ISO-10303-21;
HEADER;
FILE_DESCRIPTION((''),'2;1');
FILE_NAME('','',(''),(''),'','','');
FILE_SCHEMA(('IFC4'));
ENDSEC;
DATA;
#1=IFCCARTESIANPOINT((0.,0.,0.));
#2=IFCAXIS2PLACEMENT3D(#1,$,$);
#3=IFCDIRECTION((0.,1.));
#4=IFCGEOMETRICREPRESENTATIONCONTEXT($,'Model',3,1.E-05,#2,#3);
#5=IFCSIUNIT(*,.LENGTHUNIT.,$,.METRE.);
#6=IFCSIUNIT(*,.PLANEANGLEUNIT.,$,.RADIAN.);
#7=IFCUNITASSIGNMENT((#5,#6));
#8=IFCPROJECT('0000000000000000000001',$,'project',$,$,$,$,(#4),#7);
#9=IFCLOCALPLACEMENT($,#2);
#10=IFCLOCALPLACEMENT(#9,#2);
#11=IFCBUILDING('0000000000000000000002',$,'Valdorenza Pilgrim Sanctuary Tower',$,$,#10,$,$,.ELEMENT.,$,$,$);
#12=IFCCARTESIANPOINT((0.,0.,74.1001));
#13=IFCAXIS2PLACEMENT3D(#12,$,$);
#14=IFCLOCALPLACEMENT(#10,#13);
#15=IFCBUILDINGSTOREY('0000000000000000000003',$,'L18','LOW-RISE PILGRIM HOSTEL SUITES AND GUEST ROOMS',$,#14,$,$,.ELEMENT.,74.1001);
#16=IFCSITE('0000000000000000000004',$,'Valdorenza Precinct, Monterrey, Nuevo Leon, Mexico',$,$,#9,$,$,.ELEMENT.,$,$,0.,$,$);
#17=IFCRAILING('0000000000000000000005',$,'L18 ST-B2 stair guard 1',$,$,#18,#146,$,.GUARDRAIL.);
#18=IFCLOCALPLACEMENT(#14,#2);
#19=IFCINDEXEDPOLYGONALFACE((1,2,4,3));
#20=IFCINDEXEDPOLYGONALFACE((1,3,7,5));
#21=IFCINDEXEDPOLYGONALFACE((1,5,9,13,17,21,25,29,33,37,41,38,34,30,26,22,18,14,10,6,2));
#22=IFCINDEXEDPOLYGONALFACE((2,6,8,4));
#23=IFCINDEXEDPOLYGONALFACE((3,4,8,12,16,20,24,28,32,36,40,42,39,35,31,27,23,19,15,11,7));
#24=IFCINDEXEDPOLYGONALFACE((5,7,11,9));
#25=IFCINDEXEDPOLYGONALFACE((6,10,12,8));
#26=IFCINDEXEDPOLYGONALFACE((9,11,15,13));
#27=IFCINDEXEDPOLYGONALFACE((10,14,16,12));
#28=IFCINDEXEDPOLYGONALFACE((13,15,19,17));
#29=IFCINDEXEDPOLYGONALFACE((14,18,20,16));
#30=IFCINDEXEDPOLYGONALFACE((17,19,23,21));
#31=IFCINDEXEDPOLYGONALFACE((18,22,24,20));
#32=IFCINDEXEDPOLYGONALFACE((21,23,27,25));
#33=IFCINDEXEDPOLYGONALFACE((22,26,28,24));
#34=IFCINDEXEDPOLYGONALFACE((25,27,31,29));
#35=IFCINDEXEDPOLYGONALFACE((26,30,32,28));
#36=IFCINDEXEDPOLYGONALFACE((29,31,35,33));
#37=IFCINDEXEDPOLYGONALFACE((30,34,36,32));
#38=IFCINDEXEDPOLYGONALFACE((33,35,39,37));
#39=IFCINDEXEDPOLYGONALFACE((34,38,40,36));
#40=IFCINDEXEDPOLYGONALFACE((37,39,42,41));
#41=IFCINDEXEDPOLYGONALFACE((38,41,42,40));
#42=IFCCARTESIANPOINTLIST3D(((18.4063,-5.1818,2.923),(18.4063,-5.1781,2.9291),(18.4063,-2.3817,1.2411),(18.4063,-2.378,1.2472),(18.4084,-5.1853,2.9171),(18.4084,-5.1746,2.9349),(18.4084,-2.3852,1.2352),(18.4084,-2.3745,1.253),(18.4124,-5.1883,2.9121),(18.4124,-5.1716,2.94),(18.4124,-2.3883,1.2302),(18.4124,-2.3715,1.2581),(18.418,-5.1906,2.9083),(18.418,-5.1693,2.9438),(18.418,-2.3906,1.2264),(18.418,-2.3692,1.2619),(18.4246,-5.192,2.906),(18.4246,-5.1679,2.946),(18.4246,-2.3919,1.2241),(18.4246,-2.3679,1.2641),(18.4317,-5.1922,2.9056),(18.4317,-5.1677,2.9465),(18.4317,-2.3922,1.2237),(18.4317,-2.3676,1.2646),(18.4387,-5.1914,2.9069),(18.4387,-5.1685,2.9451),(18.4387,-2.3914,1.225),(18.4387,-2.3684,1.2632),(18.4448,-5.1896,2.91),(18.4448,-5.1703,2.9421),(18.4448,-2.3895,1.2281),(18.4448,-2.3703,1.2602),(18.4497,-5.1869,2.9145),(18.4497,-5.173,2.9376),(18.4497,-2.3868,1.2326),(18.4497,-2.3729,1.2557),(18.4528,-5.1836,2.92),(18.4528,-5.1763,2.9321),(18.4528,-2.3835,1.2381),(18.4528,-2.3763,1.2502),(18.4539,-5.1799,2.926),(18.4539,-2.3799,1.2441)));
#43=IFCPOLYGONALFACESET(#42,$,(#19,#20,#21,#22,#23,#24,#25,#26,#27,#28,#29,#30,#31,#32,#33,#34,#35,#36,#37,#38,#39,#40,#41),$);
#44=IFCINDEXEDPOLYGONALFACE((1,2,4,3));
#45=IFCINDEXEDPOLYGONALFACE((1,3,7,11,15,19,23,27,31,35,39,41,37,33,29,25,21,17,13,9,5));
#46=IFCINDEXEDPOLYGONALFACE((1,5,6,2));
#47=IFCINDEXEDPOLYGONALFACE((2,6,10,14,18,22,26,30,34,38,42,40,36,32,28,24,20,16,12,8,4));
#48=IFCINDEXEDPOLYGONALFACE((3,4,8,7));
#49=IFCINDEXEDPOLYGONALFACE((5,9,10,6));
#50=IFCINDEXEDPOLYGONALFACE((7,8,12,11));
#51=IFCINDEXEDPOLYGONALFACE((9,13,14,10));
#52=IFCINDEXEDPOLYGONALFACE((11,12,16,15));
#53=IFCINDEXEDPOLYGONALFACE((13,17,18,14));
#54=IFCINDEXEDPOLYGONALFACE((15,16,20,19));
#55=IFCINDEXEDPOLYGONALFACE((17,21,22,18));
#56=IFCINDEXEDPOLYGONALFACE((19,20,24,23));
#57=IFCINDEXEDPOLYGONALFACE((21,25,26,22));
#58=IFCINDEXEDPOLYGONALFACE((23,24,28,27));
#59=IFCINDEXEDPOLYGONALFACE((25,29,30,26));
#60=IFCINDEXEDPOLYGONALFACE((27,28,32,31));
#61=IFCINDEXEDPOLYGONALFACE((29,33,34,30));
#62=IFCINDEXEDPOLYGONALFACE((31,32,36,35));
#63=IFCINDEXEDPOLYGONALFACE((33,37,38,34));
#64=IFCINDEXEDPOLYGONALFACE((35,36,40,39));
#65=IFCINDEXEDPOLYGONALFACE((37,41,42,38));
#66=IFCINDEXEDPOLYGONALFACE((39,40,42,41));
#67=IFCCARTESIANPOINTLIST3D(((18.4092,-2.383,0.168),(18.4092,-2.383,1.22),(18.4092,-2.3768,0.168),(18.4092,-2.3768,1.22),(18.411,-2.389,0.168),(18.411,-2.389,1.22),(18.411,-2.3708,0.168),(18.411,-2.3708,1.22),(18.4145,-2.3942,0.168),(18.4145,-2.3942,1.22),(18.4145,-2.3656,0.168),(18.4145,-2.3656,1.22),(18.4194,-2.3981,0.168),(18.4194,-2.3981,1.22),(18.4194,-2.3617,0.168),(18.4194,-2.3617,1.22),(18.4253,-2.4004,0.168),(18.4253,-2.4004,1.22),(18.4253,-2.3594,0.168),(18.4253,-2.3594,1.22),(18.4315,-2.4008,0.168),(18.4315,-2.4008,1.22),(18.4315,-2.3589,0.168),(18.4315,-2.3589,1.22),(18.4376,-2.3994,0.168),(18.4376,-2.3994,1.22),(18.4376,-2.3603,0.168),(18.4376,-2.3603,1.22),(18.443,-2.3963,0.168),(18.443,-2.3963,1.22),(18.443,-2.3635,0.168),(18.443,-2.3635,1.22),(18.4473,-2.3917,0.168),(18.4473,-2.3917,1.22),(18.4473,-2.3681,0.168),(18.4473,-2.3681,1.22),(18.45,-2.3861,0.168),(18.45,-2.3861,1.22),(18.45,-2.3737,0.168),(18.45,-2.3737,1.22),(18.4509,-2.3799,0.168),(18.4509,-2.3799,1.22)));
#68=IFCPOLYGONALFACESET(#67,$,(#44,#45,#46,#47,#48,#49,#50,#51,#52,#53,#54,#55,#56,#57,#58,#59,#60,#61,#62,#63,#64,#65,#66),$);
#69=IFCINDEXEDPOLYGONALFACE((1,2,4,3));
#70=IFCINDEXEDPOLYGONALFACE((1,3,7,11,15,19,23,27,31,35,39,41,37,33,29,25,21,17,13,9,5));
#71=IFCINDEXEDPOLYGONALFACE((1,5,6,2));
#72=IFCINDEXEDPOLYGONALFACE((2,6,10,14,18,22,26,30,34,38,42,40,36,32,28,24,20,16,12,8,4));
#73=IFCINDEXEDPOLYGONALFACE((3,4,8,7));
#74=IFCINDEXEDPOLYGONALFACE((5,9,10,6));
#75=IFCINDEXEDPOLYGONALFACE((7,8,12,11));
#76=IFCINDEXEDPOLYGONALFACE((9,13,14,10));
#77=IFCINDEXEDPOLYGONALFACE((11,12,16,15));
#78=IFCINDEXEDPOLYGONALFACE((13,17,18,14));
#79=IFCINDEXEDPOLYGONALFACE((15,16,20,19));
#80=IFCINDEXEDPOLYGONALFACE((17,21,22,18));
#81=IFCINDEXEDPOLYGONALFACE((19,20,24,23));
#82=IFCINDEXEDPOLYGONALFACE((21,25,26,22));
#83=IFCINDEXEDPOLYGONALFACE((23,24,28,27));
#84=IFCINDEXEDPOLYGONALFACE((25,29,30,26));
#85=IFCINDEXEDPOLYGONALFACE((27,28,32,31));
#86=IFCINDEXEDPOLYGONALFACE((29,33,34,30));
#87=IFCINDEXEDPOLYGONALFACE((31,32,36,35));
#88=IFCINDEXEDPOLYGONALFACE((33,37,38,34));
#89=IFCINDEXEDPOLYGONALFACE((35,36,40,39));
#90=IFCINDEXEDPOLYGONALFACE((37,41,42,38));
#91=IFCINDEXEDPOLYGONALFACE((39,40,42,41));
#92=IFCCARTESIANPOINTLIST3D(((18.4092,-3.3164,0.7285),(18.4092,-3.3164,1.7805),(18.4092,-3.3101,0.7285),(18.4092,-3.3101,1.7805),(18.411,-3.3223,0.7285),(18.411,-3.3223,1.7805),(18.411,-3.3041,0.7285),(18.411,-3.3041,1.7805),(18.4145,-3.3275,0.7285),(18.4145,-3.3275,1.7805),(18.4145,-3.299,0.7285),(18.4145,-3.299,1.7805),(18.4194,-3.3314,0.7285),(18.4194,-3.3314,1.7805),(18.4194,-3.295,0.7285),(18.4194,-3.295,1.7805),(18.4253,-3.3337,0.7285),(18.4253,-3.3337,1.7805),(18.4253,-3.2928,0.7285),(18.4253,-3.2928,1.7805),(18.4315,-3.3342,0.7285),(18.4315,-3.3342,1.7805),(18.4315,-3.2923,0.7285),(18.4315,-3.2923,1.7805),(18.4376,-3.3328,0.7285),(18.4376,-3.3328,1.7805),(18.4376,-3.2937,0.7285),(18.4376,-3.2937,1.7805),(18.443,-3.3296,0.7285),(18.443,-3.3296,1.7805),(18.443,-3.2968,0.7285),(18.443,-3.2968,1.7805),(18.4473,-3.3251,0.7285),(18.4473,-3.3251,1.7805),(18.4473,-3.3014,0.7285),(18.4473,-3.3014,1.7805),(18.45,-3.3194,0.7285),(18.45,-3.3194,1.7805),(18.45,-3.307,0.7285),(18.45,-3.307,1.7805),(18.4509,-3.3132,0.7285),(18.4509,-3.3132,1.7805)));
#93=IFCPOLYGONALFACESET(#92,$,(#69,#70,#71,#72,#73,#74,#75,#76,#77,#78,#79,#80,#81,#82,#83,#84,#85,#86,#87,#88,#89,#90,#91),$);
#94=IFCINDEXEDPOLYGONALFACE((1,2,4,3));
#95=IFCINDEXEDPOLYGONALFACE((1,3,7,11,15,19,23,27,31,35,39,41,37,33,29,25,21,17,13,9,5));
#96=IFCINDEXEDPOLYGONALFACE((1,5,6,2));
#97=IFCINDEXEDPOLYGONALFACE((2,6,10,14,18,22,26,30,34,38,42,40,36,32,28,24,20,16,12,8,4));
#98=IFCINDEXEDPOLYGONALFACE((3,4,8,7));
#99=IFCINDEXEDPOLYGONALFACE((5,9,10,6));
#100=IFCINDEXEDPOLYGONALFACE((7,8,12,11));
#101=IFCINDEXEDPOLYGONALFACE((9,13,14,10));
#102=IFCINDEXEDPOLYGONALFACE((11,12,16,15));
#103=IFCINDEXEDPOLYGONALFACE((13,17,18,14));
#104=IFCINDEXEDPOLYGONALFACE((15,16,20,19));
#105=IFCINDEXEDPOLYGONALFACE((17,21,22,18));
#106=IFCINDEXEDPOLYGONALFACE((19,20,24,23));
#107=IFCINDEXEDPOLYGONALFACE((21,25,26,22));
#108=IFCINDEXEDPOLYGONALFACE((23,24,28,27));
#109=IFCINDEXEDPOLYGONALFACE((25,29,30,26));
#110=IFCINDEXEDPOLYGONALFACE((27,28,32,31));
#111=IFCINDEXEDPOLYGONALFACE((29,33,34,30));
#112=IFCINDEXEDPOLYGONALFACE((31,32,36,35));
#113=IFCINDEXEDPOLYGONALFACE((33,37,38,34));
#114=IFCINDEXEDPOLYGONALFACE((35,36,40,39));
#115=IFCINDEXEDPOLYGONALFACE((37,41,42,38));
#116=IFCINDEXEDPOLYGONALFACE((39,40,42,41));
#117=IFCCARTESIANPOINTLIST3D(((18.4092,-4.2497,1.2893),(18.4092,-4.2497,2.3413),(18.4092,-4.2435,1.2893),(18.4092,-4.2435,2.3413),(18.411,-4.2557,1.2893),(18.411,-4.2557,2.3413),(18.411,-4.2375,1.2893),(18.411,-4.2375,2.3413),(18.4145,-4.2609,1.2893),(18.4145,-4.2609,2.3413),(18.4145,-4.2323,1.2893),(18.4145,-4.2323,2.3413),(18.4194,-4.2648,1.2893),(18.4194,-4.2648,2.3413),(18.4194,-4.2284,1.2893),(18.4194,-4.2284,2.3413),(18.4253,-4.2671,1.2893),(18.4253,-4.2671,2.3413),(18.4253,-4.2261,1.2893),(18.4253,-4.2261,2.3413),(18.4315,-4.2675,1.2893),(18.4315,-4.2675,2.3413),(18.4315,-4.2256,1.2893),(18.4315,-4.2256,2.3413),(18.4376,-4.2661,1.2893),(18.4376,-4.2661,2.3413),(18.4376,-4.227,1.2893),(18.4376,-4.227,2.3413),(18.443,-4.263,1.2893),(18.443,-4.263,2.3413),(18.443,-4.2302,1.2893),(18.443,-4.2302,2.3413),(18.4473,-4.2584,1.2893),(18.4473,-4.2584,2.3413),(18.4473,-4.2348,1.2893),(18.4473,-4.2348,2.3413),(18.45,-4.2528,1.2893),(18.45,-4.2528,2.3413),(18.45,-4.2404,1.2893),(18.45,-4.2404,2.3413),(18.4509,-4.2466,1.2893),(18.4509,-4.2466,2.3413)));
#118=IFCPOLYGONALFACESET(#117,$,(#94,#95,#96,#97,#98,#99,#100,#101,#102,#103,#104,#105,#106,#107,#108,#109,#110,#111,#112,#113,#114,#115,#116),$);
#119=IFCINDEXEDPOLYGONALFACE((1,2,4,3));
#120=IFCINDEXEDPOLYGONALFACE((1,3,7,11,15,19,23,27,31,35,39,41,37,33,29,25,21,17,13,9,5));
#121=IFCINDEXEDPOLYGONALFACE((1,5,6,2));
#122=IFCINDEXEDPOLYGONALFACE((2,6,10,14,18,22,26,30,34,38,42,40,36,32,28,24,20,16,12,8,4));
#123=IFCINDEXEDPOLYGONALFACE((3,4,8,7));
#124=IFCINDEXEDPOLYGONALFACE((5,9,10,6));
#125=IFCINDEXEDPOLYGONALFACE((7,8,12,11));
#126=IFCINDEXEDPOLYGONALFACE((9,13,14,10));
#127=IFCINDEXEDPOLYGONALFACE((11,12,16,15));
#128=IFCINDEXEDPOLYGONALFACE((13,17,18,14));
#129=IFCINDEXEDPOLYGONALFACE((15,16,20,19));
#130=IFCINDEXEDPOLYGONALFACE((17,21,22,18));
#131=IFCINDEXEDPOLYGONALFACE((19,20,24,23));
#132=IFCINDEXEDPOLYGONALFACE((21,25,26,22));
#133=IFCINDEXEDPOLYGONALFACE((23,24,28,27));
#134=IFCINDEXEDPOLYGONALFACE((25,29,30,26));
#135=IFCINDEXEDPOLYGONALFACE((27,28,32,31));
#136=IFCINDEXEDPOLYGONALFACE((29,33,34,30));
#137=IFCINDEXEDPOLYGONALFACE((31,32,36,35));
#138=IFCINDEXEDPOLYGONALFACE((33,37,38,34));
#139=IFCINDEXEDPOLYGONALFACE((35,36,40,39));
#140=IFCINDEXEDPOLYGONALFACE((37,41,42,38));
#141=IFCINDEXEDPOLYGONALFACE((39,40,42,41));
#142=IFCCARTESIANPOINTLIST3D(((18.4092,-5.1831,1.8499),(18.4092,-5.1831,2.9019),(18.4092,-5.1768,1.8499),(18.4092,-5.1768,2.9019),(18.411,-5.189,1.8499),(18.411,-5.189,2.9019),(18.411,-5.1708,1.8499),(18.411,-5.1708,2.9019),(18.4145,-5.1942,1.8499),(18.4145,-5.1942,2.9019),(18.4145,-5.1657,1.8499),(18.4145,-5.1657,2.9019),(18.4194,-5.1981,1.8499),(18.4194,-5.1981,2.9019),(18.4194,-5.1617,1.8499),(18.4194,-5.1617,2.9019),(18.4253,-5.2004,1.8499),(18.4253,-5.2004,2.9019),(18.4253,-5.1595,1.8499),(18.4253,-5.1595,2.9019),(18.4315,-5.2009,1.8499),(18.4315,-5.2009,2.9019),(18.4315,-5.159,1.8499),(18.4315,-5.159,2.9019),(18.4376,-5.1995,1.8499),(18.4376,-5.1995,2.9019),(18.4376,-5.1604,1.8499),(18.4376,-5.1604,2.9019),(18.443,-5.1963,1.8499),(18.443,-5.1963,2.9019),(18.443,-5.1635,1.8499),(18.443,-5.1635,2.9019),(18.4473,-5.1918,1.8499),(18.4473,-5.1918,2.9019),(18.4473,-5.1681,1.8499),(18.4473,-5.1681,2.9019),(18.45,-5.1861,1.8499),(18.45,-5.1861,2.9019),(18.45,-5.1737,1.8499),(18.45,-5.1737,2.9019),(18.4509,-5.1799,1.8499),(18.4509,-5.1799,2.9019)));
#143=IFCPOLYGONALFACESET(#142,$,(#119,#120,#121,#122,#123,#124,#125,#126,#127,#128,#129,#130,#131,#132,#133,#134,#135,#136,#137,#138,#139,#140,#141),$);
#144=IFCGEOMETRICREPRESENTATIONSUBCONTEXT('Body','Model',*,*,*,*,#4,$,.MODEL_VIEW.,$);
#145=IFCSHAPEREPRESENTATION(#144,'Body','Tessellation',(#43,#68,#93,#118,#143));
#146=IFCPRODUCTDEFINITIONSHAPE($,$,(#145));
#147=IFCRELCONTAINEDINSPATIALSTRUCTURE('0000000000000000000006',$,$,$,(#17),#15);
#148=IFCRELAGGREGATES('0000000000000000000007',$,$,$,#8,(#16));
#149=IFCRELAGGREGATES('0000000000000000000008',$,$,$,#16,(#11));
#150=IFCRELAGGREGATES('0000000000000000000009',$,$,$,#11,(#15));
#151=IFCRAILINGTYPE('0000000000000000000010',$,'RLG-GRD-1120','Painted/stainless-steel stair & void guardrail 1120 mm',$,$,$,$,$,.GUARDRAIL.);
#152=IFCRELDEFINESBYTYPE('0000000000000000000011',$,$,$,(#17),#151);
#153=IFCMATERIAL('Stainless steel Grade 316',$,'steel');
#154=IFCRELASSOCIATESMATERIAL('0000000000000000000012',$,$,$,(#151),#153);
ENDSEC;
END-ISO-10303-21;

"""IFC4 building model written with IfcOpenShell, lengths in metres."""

from ifc_helpers import new_model, si_unit, direction, frame, origin, origin_2d, place, context, subcontext, project, spatial, circle, extrude, material, type_object, element, save


model = new_model("IFC4")

# Units and contexts
model_context = context("Model", 3, precision=1e-05, world=origin(), true_north=direction((0.0, 1.0)))
body_context = subcontext(model_context, "Body", "Model", "MODEL_VIEW")
ifc_project = project(units=[si_unit("LENGTHUNIT", "METRE"), si_unit("PLANEANGLEUNIT", "RADIAN")], contexts=[model_context])

# Site, building, storey
site_placement = place(None, origin())
site = spatial("IfcSite", under=ifc_project, at=site_placement, Name="Valdorenza Precinct, Monterrey, Nuevo Leon, Mexico", CompositionType="ELEMENT", RefElevation=0.0)
building_placement = place(site_placement, origin())
building = spatial("IfcBuilding", under=site, at=building_placement, Name="Valdorenza Pilgrim Sanctuary Tower", CompositionType="ELEMENT")
storey_placement = place(building_placement, frame((0.0, 0.0, 74.1001)))
storey = spatial("IfcBuildingStorey", under=building, at=storey_placement, Name="L18", Description="LOW-RISE PILGRIM HOSTEL SUITES AND GUEST ROOMS", CompositionType="ELEMENT", Elevation=74.1001)

# Railing
ifc_material_1 = material(Name="Stainless steel Grade 316", Category="steel")
railing_type_1 = type_object("IfcRailingType", Name="RLG-GRD-1120", Description="Painted/stainless-steel stair & void guardrail 1120 mm", PredefinedType="GUARDRAIL", material=ifc_material_1)
railing_1_placement = place(storey_placement, frame((18.4299, -2.3799, 0.168)))
element("IfcRailing", 1, at=railing_1_placement, inside=storey, type_object=railing_type_1, Name="L18 ST-B2 stair guard 1", PredefinedType="GUARDRAIL", context=body_context, shape_type="SweptSolid", body=[
    extrude(circle(Radius=0.0239, at=origin_2d()), frame((0.0, 0.0, 1.0762), z_axis=(0.0, -0.857242, 0.514913), x_axis=(1.0, 0.0, 0.0)), (0.0, 0.0, 1.0), 3.2664),
    extrude(circle(Radius=0.021, at=origin_2d()), origin(), (0.0, 0.0, 1.0), 1.052),
    extrude(circle(Radius=0.021, at=origin_2d()), frame((0.0, -0.9333, 0.5605)), (0.0, 0.0, 1.0), 1.052),
    extrude(circle(Radius=0.021, at=origin_2d()), frame((0.0, -1.8667, 1.1213)), (0.0, 0.0, 1.0), 1.052),
    extrude(circle(Radius=0.021, at=origin_2d()), frame((0.0, -2.8, 1.6819)), (0.0, 0.0, 1.0), 1.052),
])

save(model, "model.ifc")
